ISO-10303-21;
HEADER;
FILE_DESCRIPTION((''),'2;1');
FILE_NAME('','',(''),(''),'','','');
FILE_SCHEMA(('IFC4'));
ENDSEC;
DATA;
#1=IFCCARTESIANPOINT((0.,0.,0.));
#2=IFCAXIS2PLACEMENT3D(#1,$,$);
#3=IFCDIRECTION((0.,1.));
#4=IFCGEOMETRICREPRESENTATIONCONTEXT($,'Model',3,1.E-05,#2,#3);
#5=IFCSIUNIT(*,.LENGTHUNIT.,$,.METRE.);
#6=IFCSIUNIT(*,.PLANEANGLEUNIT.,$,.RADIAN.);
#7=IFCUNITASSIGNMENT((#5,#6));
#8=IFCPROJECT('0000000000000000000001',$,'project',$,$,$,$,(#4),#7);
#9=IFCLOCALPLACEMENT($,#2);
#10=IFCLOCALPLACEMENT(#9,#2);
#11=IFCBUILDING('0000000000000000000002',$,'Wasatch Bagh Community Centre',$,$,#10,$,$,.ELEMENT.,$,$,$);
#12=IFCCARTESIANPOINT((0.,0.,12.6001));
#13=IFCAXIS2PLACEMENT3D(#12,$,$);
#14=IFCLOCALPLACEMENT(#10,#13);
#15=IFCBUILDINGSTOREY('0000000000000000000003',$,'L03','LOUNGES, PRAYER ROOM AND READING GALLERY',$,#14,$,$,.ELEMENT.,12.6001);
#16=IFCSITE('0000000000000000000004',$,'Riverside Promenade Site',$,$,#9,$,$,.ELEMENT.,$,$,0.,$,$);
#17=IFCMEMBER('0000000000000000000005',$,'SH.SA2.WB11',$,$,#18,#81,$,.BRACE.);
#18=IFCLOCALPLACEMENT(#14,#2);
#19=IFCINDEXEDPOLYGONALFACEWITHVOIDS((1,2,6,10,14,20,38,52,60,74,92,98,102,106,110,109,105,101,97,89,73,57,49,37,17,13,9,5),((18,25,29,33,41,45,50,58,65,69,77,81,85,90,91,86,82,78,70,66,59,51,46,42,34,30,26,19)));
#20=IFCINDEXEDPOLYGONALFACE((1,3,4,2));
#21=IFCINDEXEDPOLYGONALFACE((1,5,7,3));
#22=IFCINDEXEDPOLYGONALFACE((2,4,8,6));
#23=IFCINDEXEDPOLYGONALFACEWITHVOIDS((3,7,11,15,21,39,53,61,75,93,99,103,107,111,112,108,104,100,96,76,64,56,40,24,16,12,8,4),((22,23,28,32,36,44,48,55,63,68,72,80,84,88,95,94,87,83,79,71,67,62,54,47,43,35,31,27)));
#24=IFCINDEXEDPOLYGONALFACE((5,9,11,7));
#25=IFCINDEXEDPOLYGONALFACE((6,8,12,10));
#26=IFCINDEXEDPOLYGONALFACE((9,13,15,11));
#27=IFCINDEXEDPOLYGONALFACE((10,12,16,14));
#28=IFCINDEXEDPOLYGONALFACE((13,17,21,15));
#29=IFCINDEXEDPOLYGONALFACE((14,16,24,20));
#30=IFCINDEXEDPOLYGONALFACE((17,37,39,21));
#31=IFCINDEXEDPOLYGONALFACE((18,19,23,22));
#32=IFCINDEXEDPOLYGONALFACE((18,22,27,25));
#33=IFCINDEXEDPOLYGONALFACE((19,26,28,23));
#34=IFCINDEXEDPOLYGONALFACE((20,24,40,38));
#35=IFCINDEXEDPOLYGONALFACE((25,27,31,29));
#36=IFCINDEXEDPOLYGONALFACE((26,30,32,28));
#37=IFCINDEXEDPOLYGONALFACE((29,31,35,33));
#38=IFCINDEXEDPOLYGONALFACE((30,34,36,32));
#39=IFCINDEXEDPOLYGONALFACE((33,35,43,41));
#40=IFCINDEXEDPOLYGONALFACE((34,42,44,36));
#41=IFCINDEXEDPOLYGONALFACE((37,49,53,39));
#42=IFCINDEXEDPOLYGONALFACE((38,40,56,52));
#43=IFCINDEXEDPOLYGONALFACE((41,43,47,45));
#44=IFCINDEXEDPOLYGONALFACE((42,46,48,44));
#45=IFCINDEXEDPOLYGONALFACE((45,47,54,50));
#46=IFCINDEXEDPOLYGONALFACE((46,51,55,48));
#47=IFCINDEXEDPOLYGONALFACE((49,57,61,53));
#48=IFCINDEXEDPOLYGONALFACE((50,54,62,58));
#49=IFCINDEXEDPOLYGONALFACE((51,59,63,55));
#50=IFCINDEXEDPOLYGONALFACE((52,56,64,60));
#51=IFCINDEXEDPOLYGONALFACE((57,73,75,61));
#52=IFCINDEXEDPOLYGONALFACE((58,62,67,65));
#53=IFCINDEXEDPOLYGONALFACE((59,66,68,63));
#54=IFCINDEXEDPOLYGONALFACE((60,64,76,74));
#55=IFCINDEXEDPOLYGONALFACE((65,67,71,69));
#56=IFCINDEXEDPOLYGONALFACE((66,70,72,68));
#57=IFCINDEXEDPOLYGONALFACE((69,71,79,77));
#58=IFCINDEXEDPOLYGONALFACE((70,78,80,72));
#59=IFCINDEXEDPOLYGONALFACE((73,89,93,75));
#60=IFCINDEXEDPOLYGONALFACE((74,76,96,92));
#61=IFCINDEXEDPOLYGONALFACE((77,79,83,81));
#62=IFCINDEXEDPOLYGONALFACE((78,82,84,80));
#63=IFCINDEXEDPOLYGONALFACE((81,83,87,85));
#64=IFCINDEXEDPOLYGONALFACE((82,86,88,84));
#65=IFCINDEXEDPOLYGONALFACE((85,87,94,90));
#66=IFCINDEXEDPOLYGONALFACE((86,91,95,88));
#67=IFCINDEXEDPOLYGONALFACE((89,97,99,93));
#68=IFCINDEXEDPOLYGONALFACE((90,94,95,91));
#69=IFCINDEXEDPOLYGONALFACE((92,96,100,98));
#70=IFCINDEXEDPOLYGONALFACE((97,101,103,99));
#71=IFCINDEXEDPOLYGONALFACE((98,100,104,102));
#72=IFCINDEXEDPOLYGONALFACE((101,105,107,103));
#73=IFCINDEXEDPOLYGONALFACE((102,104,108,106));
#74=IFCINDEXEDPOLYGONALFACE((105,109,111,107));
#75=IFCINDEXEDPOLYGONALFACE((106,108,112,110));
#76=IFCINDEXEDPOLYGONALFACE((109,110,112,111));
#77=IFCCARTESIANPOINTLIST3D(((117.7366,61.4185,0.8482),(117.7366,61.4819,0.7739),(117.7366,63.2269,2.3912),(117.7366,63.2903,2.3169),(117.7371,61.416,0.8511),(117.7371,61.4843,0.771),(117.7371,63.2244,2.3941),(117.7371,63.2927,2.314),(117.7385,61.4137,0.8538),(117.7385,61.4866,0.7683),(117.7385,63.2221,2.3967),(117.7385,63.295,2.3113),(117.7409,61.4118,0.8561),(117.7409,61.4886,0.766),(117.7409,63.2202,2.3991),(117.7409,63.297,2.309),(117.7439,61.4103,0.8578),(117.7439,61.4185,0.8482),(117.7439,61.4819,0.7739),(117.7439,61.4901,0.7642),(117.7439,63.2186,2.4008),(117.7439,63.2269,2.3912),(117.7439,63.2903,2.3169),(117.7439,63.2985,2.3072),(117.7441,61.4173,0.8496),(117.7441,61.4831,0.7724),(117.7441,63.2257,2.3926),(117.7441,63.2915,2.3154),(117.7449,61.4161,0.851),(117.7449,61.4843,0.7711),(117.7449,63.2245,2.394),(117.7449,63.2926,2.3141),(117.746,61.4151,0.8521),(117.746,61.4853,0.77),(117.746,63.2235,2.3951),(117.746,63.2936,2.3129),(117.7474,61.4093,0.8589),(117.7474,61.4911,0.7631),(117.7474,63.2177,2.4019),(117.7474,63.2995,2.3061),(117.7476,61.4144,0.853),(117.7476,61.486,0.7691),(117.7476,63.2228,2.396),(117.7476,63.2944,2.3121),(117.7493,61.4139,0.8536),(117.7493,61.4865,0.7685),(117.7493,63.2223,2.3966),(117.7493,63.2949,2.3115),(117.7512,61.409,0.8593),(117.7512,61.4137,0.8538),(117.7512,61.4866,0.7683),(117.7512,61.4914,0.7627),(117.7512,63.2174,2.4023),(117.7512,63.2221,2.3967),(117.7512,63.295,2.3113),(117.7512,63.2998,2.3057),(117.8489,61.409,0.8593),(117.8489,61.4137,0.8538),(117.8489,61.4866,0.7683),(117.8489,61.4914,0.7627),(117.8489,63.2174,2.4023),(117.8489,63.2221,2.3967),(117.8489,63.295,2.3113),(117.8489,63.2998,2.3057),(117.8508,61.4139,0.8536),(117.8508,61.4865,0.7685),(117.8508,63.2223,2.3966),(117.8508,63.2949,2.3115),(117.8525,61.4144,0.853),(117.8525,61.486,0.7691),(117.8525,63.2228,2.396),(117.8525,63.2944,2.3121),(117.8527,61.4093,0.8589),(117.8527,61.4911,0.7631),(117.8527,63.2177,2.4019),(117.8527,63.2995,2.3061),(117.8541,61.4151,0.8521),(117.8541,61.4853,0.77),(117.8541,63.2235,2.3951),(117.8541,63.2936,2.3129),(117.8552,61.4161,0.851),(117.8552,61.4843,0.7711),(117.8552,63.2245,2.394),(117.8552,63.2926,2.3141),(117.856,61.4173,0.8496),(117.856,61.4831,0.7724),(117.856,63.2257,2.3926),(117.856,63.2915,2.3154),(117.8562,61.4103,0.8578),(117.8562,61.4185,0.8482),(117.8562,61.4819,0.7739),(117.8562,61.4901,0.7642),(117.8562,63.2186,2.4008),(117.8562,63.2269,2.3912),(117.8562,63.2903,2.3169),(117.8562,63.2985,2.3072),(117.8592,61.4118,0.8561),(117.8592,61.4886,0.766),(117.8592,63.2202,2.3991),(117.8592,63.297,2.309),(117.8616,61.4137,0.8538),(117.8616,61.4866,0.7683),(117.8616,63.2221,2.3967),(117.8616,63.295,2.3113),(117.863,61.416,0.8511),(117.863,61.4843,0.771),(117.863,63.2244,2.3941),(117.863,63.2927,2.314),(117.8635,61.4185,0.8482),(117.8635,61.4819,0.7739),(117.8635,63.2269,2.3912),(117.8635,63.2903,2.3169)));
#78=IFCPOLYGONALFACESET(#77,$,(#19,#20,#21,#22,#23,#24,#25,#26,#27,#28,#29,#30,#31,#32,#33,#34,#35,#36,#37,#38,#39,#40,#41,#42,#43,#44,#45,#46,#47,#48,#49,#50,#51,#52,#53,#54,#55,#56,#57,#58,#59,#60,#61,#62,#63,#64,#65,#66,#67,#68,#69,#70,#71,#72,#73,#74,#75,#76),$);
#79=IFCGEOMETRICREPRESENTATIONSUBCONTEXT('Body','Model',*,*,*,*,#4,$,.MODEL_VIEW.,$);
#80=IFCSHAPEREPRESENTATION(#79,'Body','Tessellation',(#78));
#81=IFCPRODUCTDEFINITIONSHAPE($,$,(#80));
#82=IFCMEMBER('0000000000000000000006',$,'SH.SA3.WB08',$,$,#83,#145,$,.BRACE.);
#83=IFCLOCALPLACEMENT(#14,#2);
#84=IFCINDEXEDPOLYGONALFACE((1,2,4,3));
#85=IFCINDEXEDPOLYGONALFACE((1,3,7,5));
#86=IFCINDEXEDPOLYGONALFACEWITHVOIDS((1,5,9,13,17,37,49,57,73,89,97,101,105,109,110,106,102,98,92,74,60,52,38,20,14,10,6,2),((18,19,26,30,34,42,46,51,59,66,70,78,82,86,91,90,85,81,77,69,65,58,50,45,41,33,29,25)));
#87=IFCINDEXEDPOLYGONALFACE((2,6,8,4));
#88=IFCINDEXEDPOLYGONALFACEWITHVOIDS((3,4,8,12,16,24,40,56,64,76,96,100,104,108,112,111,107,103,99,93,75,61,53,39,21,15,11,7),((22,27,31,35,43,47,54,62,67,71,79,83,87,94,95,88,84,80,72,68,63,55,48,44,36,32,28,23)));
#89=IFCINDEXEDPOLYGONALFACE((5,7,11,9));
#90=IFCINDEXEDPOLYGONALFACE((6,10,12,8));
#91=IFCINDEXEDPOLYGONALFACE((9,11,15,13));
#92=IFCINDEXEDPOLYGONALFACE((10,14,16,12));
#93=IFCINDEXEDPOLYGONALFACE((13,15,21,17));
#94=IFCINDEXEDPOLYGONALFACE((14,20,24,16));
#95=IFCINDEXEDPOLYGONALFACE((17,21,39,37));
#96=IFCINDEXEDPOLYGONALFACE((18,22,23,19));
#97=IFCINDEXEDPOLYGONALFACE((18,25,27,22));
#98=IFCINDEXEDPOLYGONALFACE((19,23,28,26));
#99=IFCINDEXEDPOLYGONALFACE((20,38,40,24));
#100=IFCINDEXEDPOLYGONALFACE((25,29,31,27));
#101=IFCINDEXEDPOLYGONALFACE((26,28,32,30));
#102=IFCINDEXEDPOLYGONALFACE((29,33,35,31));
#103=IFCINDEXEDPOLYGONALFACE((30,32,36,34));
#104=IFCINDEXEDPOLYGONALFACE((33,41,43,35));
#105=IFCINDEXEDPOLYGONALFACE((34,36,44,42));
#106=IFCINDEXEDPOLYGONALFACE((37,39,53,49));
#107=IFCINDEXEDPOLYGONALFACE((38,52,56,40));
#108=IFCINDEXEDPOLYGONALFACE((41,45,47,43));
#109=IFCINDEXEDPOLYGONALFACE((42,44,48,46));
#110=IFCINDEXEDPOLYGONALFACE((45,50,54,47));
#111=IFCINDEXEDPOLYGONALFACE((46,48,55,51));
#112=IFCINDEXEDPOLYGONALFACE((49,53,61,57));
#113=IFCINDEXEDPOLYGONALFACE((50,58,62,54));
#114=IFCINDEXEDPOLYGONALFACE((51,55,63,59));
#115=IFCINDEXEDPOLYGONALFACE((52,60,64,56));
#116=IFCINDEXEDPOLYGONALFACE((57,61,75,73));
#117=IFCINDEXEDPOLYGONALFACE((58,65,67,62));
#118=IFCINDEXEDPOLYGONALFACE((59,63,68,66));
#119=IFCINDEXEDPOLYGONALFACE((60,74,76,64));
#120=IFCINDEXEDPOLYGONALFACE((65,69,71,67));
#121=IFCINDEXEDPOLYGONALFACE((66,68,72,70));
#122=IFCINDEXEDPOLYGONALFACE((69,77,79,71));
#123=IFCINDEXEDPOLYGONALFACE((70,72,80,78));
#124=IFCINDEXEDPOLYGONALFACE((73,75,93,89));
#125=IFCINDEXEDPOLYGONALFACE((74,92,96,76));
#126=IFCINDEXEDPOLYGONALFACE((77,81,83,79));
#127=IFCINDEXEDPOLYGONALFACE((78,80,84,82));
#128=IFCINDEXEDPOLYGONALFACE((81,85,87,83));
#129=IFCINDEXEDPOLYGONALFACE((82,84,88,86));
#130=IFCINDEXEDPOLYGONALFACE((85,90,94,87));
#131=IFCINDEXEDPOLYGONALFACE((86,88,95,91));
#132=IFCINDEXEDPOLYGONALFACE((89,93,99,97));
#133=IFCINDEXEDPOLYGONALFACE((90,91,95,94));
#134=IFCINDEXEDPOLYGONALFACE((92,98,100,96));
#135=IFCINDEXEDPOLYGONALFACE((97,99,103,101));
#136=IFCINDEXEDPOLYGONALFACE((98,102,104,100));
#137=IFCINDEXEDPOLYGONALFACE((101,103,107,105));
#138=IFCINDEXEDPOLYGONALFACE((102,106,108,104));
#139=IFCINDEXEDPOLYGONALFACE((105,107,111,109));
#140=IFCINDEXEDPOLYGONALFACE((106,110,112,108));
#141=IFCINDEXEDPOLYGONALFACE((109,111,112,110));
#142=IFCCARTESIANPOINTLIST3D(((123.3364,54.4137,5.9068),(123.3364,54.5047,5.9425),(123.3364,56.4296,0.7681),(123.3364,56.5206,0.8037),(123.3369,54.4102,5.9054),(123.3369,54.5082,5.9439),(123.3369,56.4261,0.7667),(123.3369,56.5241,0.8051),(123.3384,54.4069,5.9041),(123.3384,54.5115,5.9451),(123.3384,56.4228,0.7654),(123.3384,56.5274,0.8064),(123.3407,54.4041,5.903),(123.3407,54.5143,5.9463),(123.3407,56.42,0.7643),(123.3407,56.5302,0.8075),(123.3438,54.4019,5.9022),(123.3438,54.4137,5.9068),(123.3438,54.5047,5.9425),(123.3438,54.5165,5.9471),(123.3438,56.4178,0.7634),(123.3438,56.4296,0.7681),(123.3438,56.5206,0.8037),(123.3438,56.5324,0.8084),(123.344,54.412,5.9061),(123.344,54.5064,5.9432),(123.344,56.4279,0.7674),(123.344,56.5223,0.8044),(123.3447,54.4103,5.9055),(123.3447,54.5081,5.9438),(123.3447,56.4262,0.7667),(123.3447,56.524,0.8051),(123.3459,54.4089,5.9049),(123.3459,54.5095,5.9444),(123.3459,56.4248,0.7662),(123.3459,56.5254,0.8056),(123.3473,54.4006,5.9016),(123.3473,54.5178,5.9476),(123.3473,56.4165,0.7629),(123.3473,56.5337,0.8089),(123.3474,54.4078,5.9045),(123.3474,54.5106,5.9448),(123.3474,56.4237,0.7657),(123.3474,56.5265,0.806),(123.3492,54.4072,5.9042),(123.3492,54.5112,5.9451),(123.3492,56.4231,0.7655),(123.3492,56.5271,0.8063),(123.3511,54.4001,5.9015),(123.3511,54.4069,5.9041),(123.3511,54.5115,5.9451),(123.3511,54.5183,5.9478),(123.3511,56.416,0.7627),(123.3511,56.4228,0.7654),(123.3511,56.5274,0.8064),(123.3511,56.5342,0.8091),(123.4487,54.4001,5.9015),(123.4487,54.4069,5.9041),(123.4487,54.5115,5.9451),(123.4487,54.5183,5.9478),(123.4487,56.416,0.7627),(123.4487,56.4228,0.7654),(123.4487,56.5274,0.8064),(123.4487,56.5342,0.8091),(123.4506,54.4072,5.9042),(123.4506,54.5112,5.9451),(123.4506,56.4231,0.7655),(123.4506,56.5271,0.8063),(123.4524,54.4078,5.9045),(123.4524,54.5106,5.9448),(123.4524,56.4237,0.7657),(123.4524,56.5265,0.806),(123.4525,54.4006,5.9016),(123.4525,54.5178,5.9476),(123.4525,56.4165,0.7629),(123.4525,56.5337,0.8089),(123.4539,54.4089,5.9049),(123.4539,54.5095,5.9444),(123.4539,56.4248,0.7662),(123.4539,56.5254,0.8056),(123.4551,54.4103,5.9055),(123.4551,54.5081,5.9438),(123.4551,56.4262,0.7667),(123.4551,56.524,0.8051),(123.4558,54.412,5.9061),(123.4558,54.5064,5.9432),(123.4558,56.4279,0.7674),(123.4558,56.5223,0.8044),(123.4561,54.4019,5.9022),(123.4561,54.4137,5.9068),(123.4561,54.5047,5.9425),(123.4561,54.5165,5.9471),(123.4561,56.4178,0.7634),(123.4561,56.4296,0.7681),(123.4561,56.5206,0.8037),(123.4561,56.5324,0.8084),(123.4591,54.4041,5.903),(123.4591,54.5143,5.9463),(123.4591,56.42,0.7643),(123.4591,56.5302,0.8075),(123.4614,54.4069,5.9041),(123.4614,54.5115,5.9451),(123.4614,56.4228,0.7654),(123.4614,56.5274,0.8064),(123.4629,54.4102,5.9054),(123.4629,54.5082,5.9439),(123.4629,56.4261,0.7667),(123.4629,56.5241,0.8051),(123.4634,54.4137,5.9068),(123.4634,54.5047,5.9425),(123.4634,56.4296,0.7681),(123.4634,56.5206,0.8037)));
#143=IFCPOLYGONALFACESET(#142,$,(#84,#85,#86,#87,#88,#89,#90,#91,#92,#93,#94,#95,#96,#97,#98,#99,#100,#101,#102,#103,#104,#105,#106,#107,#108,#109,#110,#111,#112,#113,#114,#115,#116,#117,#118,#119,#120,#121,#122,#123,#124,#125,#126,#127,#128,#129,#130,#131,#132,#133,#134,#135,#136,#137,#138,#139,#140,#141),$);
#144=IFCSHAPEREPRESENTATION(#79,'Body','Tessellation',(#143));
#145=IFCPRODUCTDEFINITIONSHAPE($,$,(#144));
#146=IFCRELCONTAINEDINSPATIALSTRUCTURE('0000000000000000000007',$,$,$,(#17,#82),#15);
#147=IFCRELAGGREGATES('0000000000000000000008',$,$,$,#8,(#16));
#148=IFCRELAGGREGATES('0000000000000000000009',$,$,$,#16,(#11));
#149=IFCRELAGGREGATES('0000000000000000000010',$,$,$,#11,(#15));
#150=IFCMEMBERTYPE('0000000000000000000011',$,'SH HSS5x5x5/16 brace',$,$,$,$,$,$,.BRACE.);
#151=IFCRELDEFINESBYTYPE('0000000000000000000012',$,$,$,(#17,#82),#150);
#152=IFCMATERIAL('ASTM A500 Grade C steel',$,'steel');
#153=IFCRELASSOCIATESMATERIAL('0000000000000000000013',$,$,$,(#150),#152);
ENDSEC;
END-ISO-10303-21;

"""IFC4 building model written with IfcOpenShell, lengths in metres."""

from ifc_helpers import new_model, si_unit, direction, frame, origin, origin_2d, place, context, subcontext, project, spatial, hollow_rectangle, extrude, material, material_profile, profile_set, type_object, element, save


model = new_model("IFC4")

# Units and contexts
model_context = context("Model", 3, precision=1e-05, world=origin(), true_north=direction((0.0, 1.0)))
body_context = subcontext(model_context, "Body", "Model", "MODEL_VIEW")
ifc_project = project(units=[si_unit("LENGTHUNIT", "METRE"), si_unit("PLANEANGLEUNIT", "RADIAN")], contexts=[model_context])

# Site, building, storey
site_placement = place(None, origin())
site = spatial("IfcSite", under=ifc_project, at=site_placement, Name="Riverside Promenade Site", CompositionType="ELEMENT", RefElevation=0.0)
building_placement = place(site_placement, origin())
building = spatial("IfcBuilding", under=site, at=building_placement, Name="Wasatch Bagh Community Centre", CompositionType="ELEMENT")
storey_placement = place(building_placement, frame((0.0, 0.0, 12.6001)))
storey = spatial("IfcBuildingStorey", under=building, at=storey_placement, Name="L03", Description="LOUNGES, PRAYER ROOM AND READING GALLERY", CompositionType="ELEMENT", Elevation=12.6001)

# Members
ifc_material_1 = material(Name="ASTM A500 Grade C steel", Category="steel")
ifc_material_profile_1 = material_profile(ifc_material_1, hollow_rectangle(XDim=0.127, YDim=0.127, WallThickness=0.0073, InnerFilletRadius=0.0073, OuterFilletRadius=0.0146, at=origin_2d()), Name="HSS5x5x5/16")
ifc_profile_set_1 = profile_set([ifc_material_profile_1], Name="ASTM A500 Grade C steel")
member_type_1 = type_object("IfcMemberType", Name="SH HSS5x5x5/16 brace", PredefinedType="BRACE", material=ifc_profile_set_1)
member_1_placement = place(storey_placement, frame((117.8, 61.4502, 0.811), z_axis=(0.0, 0.760719, 0.649081), x_axis=(-1.0, 0.0, 0.0)))
element("IfcMember", 1, at=member_1_placement, inside=storey, type_object=member_type_1, Name="SH.SA2.WB11", PredefinedType="BRACE", context=body_context, shape_type="SweptSolid", body=[
    extrude(hollow_rectangle(XDim=0.127, YDim=0.127, WallThickness=0.0073, InnerFilletRadius=0.0073, OuterFilletRadius=0.0146, at=origin_2d()), origin(), (0.0, 0.0, 1.0), 2.3772),
])
member_2_placement = place(storey_placement, frame((123.3999, 56.4751, 0.7859), z_axis=(0.0, -0.365198, 0.93093), x_axis=(1.0, 0.0, 0.0)))
element("IfcMember", 2, at=member_2_placement, inside=storey, type_object=member_type_1, Name="SH.SA3.WB08", PredefinedType="BRACE", context=body_context, shape_type="SweptSolid", body=[
    extrude(hollow_rectangle(XDim=0.127, YDim=0.127, WallThickness=0.0073, InnerFilletRadius=0.0073, OuterFilletRadius=0.0146, at=origin_2d()), origin(), (0.0, 0.0, 1.0), 5.52),
])

save(model, "model.ifc")
